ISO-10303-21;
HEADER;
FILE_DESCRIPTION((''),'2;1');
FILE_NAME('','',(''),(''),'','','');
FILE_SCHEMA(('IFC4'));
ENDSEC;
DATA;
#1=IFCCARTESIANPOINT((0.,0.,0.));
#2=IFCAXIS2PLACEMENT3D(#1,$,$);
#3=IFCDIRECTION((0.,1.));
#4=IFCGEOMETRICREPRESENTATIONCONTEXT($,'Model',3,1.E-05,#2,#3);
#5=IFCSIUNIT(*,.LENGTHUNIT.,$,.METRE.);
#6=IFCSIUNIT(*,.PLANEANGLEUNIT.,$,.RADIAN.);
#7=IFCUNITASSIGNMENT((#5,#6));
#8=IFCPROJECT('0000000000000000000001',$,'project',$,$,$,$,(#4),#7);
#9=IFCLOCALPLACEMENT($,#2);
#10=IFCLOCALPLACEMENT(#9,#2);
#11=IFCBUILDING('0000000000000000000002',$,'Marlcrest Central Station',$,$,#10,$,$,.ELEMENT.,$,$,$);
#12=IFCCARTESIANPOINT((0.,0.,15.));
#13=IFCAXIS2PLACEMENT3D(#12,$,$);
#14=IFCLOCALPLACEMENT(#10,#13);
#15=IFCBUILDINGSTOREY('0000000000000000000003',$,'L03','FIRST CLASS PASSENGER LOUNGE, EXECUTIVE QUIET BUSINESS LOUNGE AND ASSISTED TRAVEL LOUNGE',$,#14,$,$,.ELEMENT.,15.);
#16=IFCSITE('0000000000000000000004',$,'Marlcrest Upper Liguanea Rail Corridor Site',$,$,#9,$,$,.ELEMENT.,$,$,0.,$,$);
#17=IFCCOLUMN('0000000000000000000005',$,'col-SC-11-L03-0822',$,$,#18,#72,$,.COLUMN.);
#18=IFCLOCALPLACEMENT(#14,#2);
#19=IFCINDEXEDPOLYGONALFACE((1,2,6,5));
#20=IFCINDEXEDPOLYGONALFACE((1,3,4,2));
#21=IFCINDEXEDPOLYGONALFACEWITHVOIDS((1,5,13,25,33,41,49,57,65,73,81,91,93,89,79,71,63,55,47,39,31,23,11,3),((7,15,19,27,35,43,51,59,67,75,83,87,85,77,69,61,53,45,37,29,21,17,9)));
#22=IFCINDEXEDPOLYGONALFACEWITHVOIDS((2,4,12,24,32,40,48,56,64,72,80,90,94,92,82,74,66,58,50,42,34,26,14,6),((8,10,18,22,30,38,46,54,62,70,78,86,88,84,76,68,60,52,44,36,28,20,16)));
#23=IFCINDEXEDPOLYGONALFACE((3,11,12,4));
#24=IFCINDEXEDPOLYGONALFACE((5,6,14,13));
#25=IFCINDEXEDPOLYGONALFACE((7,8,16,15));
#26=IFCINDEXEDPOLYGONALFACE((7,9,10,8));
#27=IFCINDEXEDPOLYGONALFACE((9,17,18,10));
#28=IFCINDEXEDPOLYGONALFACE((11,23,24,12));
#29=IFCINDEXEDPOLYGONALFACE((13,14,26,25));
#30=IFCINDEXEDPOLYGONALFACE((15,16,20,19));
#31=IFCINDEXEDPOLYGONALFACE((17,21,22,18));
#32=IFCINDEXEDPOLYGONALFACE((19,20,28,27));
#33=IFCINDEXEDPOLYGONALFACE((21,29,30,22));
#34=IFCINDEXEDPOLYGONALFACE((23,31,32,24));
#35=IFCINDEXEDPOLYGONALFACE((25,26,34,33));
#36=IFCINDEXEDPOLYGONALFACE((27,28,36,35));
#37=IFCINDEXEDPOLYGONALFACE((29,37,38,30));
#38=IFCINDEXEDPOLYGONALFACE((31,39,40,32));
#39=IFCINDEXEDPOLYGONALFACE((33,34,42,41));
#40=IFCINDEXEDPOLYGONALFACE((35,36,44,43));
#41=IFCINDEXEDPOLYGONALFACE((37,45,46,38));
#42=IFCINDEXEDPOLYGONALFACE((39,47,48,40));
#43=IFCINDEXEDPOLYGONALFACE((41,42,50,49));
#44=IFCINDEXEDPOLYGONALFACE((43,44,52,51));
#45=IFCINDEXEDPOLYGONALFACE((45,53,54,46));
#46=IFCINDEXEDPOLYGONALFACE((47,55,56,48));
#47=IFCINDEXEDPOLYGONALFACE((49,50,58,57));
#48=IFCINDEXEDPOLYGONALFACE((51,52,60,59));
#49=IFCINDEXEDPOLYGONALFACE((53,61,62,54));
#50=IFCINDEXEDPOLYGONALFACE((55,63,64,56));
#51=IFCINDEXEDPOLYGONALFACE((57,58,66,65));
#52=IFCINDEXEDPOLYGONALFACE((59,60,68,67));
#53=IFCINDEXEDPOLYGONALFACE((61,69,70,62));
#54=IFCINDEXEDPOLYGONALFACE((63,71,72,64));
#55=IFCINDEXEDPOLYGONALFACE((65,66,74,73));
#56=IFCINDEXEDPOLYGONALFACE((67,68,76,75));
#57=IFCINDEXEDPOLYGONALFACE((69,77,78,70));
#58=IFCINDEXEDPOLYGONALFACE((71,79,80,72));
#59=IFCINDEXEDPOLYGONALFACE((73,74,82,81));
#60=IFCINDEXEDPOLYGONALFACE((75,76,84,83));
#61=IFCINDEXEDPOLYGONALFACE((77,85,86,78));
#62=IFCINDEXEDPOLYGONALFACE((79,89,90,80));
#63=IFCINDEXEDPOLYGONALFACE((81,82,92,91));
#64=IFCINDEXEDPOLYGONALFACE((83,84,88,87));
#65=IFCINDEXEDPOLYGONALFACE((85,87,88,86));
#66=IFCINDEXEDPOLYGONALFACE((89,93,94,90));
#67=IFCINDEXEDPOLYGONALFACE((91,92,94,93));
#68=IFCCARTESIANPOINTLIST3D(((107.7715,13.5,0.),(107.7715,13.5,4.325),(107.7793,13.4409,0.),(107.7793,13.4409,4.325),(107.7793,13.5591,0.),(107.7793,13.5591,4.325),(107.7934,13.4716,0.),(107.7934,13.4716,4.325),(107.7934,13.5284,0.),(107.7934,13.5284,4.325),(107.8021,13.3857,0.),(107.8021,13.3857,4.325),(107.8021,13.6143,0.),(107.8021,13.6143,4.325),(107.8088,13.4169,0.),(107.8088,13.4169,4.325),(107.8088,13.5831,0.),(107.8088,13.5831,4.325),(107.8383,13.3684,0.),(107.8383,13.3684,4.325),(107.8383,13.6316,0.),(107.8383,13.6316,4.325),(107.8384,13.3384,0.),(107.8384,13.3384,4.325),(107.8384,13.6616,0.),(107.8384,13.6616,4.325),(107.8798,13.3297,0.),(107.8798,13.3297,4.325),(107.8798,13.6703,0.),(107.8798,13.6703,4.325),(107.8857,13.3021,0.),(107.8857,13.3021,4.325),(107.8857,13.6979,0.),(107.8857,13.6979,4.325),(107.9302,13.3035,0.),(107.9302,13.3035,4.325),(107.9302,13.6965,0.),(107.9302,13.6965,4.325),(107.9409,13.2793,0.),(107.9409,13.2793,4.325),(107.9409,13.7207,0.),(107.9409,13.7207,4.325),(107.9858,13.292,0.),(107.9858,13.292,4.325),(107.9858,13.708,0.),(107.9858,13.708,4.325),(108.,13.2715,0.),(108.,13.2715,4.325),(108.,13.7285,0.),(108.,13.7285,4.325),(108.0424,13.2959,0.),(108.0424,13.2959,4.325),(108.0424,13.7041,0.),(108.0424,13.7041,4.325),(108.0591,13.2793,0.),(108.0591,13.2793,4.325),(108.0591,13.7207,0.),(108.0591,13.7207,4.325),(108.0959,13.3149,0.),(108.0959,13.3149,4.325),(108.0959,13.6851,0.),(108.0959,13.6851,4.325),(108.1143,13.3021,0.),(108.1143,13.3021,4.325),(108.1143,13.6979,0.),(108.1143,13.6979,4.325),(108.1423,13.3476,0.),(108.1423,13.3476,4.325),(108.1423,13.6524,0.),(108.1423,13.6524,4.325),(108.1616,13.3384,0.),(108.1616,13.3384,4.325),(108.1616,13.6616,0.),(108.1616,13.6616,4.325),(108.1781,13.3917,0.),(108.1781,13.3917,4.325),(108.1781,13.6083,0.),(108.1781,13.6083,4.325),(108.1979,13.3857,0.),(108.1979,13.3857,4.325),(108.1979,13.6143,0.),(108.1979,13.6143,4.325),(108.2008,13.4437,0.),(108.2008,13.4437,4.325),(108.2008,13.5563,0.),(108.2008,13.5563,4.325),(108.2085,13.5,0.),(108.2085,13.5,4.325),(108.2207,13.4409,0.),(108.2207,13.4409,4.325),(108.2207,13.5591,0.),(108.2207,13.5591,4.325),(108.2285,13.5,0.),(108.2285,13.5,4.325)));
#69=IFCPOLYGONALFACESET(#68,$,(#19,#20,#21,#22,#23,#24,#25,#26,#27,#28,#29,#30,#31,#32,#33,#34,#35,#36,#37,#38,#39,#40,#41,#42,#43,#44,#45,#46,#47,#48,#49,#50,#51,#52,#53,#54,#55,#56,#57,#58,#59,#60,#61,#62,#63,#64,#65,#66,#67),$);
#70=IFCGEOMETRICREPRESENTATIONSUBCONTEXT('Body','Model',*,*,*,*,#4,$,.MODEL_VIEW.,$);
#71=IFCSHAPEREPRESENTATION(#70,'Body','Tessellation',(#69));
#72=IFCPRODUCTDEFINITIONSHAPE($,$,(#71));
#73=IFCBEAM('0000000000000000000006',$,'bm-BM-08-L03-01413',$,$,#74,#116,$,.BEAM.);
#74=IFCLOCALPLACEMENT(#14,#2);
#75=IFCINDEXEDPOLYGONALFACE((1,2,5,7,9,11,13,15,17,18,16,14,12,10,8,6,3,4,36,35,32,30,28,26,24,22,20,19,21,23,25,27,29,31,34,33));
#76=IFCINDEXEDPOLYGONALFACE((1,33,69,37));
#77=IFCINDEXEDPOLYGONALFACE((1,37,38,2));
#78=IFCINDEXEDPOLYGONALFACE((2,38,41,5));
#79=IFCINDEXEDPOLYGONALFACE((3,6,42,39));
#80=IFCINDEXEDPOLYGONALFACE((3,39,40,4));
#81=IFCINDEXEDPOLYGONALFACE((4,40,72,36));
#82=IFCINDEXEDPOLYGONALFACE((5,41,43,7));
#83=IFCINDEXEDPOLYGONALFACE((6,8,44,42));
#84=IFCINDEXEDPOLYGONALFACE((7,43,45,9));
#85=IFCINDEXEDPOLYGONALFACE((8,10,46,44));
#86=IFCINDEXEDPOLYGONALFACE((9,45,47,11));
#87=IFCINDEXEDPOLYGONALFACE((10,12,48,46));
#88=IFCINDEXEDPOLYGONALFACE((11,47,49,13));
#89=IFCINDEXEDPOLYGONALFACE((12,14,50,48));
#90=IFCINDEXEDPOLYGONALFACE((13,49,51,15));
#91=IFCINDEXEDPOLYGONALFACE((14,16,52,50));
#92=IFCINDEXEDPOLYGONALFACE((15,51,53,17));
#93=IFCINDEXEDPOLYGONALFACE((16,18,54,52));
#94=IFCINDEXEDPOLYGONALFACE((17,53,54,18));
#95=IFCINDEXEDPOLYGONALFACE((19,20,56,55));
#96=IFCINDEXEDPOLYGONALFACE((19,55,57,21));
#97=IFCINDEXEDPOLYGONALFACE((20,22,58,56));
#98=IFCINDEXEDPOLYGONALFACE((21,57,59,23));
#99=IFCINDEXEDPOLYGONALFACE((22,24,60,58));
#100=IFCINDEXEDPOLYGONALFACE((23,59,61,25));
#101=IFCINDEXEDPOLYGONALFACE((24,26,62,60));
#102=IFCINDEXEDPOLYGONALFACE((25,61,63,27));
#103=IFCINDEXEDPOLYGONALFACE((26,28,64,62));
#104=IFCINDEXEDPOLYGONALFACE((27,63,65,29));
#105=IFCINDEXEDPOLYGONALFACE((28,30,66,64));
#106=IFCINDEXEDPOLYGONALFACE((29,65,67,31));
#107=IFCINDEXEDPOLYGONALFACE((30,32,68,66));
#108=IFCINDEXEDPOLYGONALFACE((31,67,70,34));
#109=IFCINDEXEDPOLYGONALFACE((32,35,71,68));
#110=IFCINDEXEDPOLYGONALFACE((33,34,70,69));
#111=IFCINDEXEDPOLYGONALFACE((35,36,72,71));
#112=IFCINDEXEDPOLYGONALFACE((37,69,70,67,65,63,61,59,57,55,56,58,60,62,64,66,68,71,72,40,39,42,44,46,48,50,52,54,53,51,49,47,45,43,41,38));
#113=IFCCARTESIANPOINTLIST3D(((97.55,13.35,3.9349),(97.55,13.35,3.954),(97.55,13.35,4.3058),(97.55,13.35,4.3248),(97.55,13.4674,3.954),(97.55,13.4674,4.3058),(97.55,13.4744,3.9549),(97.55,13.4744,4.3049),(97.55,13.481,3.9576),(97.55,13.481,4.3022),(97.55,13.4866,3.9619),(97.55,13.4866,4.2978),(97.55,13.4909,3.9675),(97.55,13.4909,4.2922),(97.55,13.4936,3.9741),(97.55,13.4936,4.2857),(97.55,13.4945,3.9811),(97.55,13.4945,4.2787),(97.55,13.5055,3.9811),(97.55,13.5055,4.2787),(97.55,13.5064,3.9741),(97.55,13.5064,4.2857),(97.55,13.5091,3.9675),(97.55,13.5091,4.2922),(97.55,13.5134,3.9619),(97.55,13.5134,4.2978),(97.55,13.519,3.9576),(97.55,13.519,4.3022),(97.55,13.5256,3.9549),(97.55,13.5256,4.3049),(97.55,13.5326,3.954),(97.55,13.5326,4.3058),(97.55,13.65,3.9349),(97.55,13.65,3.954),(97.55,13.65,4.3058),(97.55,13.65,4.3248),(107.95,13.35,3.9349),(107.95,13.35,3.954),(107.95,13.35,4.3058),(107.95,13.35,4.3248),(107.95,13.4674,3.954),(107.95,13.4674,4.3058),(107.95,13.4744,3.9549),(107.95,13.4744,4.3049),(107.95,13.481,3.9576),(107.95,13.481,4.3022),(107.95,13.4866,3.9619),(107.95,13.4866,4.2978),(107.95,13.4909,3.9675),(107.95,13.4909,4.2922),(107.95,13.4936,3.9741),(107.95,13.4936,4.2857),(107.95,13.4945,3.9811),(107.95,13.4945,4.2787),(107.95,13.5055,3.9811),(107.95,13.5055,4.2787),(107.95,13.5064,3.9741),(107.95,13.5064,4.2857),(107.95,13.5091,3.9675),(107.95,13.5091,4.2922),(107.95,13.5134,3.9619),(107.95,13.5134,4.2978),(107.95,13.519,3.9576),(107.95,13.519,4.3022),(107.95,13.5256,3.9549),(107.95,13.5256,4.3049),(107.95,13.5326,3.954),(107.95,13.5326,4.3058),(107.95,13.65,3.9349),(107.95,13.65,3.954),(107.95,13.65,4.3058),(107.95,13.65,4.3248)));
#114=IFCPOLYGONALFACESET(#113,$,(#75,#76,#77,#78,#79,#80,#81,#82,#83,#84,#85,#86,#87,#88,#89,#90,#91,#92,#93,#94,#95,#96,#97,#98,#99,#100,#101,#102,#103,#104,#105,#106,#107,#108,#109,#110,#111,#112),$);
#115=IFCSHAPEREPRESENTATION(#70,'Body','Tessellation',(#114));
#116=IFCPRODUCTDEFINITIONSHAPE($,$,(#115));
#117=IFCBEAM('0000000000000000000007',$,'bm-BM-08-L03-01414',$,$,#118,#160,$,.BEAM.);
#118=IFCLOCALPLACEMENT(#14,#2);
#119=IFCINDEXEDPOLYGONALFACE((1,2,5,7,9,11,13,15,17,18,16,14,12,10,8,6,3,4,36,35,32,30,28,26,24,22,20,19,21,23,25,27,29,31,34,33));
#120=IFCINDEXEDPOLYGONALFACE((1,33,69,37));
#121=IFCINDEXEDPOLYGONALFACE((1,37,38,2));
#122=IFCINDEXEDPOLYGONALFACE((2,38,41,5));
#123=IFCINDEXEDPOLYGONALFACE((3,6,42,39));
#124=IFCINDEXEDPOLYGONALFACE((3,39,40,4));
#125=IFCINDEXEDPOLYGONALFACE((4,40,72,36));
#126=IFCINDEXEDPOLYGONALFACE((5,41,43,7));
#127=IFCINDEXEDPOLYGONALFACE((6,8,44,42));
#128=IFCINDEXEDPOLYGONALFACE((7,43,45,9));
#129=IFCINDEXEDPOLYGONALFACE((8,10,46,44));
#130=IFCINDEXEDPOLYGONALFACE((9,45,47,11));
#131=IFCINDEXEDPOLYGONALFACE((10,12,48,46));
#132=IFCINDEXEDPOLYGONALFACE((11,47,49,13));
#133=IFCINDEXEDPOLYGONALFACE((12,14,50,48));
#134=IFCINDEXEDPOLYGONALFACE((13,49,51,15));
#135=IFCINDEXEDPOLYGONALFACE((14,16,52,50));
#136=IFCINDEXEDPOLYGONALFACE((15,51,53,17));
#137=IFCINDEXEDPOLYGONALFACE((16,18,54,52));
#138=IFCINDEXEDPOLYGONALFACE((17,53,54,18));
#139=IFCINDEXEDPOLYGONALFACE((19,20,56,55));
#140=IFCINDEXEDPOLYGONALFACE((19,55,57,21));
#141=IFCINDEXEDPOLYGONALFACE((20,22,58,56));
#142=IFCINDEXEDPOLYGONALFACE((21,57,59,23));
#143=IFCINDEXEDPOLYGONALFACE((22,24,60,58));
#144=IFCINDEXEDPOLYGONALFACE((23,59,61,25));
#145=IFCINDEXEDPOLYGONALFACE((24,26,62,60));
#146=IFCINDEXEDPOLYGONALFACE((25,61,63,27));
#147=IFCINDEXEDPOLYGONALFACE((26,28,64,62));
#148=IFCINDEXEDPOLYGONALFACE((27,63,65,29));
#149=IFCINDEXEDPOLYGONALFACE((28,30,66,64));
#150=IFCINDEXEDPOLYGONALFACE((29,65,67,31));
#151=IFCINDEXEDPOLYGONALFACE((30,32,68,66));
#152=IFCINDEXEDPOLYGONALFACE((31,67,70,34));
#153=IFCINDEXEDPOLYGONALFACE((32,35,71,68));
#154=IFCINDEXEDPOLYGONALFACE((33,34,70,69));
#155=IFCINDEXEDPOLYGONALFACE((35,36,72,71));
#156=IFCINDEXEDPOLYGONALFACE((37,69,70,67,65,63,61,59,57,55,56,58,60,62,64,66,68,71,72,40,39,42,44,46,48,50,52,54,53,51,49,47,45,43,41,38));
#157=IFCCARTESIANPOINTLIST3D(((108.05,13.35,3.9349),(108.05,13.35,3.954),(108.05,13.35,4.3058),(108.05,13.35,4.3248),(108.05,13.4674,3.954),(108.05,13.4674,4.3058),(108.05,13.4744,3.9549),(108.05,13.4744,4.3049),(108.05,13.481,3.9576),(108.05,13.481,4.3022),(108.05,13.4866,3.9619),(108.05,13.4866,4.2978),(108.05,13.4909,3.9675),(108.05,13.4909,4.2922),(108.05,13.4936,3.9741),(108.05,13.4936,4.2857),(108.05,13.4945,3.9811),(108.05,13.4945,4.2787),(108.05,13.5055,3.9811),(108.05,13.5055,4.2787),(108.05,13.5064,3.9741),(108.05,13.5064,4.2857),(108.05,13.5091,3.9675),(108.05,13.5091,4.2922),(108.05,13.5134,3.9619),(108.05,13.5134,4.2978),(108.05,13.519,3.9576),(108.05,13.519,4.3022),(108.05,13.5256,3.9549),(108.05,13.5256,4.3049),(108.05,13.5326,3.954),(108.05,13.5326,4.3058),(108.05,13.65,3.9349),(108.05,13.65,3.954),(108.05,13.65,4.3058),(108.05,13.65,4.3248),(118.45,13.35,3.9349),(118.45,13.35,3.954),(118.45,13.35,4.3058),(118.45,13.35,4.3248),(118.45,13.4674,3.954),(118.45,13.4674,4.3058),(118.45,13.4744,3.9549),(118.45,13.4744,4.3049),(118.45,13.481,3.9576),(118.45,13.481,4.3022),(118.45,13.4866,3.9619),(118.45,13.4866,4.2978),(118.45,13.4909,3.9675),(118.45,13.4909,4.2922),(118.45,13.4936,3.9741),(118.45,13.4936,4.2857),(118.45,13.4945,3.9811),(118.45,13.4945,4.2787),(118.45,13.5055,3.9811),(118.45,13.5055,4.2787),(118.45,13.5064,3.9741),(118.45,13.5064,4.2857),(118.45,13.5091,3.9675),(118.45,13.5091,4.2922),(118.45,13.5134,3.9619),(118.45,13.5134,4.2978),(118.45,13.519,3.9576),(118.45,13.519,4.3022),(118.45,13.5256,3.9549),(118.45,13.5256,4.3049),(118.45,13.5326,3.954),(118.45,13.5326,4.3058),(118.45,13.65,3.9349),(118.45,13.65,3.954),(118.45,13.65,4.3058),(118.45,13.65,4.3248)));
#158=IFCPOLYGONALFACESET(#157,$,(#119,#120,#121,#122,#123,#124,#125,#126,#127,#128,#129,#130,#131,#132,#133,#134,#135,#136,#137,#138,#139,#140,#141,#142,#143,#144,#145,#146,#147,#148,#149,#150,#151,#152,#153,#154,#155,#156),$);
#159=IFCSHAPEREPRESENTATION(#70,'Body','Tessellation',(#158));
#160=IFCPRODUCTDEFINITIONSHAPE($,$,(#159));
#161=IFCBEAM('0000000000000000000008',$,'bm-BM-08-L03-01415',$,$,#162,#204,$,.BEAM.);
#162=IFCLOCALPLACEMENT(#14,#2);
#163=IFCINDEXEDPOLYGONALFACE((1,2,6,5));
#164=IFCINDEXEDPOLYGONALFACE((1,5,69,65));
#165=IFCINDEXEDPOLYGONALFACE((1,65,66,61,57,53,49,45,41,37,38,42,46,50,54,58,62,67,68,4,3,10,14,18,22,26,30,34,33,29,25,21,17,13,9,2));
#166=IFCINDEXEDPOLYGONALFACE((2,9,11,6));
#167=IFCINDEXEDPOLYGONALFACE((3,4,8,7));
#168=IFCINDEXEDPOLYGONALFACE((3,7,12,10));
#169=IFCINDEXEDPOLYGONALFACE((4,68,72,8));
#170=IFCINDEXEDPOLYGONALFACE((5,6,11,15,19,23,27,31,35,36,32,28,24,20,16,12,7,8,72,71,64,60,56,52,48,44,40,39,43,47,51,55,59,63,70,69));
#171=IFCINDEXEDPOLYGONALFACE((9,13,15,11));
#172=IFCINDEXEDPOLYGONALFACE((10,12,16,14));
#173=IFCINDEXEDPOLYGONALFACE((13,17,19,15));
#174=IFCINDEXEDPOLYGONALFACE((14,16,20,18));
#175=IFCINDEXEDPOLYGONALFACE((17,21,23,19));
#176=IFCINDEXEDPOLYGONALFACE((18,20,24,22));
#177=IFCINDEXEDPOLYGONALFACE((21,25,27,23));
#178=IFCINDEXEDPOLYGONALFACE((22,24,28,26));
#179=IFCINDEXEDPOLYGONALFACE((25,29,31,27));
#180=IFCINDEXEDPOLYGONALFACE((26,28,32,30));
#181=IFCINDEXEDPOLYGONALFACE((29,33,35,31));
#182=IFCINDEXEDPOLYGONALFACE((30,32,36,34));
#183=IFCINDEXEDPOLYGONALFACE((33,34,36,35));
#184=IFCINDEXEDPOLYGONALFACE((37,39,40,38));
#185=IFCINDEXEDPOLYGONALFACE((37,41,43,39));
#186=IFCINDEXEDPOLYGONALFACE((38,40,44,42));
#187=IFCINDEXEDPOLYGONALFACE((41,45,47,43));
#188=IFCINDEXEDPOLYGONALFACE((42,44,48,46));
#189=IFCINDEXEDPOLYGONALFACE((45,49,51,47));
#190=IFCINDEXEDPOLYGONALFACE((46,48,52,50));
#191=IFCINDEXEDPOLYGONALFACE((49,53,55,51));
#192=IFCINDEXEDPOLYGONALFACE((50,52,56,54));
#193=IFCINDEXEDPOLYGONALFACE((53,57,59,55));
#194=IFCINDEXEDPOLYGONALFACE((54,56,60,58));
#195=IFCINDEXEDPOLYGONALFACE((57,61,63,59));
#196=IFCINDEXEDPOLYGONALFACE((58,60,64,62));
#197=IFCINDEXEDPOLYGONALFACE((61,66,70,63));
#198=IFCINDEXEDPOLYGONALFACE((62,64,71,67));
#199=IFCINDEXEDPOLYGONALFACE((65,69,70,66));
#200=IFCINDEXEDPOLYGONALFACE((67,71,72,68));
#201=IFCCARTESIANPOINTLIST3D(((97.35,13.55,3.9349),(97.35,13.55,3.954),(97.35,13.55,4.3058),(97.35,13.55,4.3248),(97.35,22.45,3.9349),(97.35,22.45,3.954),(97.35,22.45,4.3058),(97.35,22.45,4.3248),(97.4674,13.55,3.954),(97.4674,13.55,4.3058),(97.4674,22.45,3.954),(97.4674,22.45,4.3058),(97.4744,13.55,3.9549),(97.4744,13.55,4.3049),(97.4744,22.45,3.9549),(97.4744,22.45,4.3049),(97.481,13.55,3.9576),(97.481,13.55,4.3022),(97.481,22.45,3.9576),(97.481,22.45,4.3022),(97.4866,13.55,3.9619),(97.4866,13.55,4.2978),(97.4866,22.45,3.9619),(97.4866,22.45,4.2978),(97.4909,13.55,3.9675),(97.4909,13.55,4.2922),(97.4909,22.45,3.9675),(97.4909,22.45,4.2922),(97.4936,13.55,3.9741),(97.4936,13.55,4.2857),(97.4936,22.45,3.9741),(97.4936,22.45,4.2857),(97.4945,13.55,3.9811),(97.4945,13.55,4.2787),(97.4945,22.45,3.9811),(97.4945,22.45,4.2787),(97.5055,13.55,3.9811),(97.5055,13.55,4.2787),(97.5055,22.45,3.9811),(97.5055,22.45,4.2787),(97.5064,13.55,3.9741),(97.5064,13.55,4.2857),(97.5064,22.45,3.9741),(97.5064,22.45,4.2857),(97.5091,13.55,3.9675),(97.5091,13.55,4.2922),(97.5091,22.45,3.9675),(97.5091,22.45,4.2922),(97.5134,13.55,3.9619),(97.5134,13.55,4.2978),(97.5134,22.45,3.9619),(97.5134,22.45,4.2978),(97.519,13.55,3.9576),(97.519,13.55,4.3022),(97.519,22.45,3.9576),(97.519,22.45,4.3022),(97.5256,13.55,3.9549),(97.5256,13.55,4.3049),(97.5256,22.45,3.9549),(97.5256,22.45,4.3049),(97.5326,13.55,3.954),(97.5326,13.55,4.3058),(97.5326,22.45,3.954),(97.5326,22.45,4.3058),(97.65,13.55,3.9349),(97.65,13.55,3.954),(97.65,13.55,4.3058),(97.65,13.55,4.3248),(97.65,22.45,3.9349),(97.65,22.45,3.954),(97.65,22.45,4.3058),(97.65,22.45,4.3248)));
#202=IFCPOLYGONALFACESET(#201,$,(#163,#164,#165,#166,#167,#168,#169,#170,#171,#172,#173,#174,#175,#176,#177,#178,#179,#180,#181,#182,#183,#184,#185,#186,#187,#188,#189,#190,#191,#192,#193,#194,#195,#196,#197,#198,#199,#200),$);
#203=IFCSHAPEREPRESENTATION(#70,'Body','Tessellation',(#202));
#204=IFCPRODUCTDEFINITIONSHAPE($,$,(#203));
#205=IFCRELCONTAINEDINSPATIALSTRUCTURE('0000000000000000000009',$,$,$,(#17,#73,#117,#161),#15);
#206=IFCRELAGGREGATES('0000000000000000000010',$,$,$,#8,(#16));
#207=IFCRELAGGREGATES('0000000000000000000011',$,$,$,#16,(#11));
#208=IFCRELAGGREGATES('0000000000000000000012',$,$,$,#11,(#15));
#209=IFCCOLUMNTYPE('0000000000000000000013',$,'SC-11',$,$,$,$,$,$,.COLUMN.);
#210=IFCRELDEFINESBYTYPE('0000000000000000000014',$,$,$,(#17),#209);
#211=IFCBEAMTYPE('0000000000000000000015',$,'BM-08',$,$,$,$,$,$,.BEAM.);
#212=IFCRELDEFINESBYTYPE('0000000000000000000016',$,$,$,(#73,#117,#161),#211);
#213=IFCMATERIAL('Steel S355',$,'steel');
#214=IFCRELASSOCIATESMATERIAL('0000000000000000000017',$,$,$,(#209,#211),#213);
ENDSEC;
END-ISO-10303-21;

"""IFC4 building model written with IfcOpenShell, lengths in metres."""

from ifc_helpers import new_model, si_unit, direction, frame, origin, origin_2d, place, context, subcontext, project, spatial, hollow_circle, i_section, extrude, material, material_profile, profile_set, type_object, element, save


model = new_model("IFC4")

# Units and contexts
model_context = context("Model", 3, precision=1e-05, world=origin(), true_north=direction((0.0, 1.0)))
body_context = subcontext(model_context, "Body", "Model", "MODEL_VIEW")
ifc_project = project(units=[si_unit("LENGTHUNIT", "METRE"), si_unit("PLANEANGLEUNIT", "RADIAN")], contexts=[model_context])

# Site, building, storey
site_placement = place(None, origin())
site = spatial("IfcSite", under=ifc_project, at=site_placement, Name="Marlcrest Upper Liguanea Rail Corridor Site", CompositionType="ELEMENT", RefElevation=0.0)
building_placement = place(site_placement, origin())
building = spatial("IfcBuilding", under=site, at=building_placement, Name="Marlcrest Central Station", CompositionType="ELEMENT")
storey_placement = place(building_placement, frame((0.0, 0.0, 15.0)))
storey = spatial("IfcBuildingStorey", under=building, at=storey_placement, Name="L03", Description="FIRST CLASS PASSENGER LOUNGE, EXECUTIVE QUIET BUSINESS LOUNGE AND ASSISTED TRAVEL LOUNGE", CompositionType="ELEMENT", Elevation=15.0)

# Column
ifc_material_1 = material(Name="Steel S355", Category="steel")
ifc_material_profile_1 = material_profile(ifc_material_1, hollow_circle(Radius=0.2285, WallThickness=0.02, at=origin_2d()), Name="CHS 457x20")
ifc_profile_set_1 = profile_set([ifc_material_profile_1], Name="Steel S355")
column_type_1 = type_object("IfcColumnType", Name="SC-11", PredefinedType="COLUMN", material=ifc_profile_set_1)
column_placement = place(storey_placement, frame((108.0, 13.5, 0.0), z_axis=(0.0, 0.0, 1.0), x_axis=(1.0, 0.0, 0.0)))
element("IfcColumn", 1, at=column_placement, inside=storey, type_object=column_type_1, Name="col-SC-11-L03-0822", PredefinedType="COLUMN", context=body_context, shape_type="SweptSolid", body=[
    extrude(hollow_circle(Radius=0.2285, WallThickness=0.02, at=origin_2d()), origin(), (0.0, 0.0, 1.0), 4.325),
])

# Beams
ifc_material_profile_2 = material_profile(ifc_material_1, i_section(OverallWidth=0.3, OverallDepth=0.3899, WebThickness=0.011, FlangeThickness=0.019, FilletRadius=0.0271, at=origin_2d()), Name="HEA 400")
ifc_profile_set_2 = profile_set([ifc_material_profile_2], Name="Steel S355")
beam_type_1 = type_object("IfcBeamType", Name="BM-08", PredefinedType="BEAM", material=ifc_profile_set_2)
for number, where, z_axis, x_axis, name in (
    (2, (97.55, 13.5, 4.1299), (1.0, 0.0, 0.0), (0.0, 1.0, 0.0), "bm-BM-08-L03-01413"),
    (3, (108.05, 13.5, 4.1299), (1.0, 0.0, 0.0), (0.0, 1.0, 0.0), "bm-BM-08-L03-01414"),
):
    element("IfcBeam", number, at=place(storey_placement, frame(where, z_axis=z_axis, x_axis=x_axis)), inside=storey, type_object=beam_type_1, Name=name, PredefinedType="BEAM", context=body_context, shape_type="SweptSolid", body=[
        extrude(i_section(OverallWidth=0.3, OverallDepth=0.3899, WebThickness=0.011, FlangeThickness=0.019, FilletRadius=0.0271, at=origin_2d()), origin(), (0.0, 0.0, 1.0), 10.3999),
    ])
for number, where, z_axis, x_axis, name in (
    (4, (97.5, 13.55, 4.1299), (0.0, 1.0, 0.0), (-1.0, 0.0, 0.0), "bm-BM-08-L03-01415"),
):
    element("IfcBeam", number, at=place(storey_placement, frame(where, z_axis=z_axis, x_axis=x_axis)), inside=storey, type_object=beam_type_1, Name=name, PredefinedType="BEAM", context=body_context, shape_type="SweptSolid", body=[
        extrude(i_section(OverallWidth=0.3, OverallDepth=0.3899, WebThickness=0.011, FlangeThickness=0.019, FilletRadius=0.0271, at=origin_2d()), origin(), (0.0, 0.0, 1.0), 8.8999),
    ])

save(model, "model.ifc")
